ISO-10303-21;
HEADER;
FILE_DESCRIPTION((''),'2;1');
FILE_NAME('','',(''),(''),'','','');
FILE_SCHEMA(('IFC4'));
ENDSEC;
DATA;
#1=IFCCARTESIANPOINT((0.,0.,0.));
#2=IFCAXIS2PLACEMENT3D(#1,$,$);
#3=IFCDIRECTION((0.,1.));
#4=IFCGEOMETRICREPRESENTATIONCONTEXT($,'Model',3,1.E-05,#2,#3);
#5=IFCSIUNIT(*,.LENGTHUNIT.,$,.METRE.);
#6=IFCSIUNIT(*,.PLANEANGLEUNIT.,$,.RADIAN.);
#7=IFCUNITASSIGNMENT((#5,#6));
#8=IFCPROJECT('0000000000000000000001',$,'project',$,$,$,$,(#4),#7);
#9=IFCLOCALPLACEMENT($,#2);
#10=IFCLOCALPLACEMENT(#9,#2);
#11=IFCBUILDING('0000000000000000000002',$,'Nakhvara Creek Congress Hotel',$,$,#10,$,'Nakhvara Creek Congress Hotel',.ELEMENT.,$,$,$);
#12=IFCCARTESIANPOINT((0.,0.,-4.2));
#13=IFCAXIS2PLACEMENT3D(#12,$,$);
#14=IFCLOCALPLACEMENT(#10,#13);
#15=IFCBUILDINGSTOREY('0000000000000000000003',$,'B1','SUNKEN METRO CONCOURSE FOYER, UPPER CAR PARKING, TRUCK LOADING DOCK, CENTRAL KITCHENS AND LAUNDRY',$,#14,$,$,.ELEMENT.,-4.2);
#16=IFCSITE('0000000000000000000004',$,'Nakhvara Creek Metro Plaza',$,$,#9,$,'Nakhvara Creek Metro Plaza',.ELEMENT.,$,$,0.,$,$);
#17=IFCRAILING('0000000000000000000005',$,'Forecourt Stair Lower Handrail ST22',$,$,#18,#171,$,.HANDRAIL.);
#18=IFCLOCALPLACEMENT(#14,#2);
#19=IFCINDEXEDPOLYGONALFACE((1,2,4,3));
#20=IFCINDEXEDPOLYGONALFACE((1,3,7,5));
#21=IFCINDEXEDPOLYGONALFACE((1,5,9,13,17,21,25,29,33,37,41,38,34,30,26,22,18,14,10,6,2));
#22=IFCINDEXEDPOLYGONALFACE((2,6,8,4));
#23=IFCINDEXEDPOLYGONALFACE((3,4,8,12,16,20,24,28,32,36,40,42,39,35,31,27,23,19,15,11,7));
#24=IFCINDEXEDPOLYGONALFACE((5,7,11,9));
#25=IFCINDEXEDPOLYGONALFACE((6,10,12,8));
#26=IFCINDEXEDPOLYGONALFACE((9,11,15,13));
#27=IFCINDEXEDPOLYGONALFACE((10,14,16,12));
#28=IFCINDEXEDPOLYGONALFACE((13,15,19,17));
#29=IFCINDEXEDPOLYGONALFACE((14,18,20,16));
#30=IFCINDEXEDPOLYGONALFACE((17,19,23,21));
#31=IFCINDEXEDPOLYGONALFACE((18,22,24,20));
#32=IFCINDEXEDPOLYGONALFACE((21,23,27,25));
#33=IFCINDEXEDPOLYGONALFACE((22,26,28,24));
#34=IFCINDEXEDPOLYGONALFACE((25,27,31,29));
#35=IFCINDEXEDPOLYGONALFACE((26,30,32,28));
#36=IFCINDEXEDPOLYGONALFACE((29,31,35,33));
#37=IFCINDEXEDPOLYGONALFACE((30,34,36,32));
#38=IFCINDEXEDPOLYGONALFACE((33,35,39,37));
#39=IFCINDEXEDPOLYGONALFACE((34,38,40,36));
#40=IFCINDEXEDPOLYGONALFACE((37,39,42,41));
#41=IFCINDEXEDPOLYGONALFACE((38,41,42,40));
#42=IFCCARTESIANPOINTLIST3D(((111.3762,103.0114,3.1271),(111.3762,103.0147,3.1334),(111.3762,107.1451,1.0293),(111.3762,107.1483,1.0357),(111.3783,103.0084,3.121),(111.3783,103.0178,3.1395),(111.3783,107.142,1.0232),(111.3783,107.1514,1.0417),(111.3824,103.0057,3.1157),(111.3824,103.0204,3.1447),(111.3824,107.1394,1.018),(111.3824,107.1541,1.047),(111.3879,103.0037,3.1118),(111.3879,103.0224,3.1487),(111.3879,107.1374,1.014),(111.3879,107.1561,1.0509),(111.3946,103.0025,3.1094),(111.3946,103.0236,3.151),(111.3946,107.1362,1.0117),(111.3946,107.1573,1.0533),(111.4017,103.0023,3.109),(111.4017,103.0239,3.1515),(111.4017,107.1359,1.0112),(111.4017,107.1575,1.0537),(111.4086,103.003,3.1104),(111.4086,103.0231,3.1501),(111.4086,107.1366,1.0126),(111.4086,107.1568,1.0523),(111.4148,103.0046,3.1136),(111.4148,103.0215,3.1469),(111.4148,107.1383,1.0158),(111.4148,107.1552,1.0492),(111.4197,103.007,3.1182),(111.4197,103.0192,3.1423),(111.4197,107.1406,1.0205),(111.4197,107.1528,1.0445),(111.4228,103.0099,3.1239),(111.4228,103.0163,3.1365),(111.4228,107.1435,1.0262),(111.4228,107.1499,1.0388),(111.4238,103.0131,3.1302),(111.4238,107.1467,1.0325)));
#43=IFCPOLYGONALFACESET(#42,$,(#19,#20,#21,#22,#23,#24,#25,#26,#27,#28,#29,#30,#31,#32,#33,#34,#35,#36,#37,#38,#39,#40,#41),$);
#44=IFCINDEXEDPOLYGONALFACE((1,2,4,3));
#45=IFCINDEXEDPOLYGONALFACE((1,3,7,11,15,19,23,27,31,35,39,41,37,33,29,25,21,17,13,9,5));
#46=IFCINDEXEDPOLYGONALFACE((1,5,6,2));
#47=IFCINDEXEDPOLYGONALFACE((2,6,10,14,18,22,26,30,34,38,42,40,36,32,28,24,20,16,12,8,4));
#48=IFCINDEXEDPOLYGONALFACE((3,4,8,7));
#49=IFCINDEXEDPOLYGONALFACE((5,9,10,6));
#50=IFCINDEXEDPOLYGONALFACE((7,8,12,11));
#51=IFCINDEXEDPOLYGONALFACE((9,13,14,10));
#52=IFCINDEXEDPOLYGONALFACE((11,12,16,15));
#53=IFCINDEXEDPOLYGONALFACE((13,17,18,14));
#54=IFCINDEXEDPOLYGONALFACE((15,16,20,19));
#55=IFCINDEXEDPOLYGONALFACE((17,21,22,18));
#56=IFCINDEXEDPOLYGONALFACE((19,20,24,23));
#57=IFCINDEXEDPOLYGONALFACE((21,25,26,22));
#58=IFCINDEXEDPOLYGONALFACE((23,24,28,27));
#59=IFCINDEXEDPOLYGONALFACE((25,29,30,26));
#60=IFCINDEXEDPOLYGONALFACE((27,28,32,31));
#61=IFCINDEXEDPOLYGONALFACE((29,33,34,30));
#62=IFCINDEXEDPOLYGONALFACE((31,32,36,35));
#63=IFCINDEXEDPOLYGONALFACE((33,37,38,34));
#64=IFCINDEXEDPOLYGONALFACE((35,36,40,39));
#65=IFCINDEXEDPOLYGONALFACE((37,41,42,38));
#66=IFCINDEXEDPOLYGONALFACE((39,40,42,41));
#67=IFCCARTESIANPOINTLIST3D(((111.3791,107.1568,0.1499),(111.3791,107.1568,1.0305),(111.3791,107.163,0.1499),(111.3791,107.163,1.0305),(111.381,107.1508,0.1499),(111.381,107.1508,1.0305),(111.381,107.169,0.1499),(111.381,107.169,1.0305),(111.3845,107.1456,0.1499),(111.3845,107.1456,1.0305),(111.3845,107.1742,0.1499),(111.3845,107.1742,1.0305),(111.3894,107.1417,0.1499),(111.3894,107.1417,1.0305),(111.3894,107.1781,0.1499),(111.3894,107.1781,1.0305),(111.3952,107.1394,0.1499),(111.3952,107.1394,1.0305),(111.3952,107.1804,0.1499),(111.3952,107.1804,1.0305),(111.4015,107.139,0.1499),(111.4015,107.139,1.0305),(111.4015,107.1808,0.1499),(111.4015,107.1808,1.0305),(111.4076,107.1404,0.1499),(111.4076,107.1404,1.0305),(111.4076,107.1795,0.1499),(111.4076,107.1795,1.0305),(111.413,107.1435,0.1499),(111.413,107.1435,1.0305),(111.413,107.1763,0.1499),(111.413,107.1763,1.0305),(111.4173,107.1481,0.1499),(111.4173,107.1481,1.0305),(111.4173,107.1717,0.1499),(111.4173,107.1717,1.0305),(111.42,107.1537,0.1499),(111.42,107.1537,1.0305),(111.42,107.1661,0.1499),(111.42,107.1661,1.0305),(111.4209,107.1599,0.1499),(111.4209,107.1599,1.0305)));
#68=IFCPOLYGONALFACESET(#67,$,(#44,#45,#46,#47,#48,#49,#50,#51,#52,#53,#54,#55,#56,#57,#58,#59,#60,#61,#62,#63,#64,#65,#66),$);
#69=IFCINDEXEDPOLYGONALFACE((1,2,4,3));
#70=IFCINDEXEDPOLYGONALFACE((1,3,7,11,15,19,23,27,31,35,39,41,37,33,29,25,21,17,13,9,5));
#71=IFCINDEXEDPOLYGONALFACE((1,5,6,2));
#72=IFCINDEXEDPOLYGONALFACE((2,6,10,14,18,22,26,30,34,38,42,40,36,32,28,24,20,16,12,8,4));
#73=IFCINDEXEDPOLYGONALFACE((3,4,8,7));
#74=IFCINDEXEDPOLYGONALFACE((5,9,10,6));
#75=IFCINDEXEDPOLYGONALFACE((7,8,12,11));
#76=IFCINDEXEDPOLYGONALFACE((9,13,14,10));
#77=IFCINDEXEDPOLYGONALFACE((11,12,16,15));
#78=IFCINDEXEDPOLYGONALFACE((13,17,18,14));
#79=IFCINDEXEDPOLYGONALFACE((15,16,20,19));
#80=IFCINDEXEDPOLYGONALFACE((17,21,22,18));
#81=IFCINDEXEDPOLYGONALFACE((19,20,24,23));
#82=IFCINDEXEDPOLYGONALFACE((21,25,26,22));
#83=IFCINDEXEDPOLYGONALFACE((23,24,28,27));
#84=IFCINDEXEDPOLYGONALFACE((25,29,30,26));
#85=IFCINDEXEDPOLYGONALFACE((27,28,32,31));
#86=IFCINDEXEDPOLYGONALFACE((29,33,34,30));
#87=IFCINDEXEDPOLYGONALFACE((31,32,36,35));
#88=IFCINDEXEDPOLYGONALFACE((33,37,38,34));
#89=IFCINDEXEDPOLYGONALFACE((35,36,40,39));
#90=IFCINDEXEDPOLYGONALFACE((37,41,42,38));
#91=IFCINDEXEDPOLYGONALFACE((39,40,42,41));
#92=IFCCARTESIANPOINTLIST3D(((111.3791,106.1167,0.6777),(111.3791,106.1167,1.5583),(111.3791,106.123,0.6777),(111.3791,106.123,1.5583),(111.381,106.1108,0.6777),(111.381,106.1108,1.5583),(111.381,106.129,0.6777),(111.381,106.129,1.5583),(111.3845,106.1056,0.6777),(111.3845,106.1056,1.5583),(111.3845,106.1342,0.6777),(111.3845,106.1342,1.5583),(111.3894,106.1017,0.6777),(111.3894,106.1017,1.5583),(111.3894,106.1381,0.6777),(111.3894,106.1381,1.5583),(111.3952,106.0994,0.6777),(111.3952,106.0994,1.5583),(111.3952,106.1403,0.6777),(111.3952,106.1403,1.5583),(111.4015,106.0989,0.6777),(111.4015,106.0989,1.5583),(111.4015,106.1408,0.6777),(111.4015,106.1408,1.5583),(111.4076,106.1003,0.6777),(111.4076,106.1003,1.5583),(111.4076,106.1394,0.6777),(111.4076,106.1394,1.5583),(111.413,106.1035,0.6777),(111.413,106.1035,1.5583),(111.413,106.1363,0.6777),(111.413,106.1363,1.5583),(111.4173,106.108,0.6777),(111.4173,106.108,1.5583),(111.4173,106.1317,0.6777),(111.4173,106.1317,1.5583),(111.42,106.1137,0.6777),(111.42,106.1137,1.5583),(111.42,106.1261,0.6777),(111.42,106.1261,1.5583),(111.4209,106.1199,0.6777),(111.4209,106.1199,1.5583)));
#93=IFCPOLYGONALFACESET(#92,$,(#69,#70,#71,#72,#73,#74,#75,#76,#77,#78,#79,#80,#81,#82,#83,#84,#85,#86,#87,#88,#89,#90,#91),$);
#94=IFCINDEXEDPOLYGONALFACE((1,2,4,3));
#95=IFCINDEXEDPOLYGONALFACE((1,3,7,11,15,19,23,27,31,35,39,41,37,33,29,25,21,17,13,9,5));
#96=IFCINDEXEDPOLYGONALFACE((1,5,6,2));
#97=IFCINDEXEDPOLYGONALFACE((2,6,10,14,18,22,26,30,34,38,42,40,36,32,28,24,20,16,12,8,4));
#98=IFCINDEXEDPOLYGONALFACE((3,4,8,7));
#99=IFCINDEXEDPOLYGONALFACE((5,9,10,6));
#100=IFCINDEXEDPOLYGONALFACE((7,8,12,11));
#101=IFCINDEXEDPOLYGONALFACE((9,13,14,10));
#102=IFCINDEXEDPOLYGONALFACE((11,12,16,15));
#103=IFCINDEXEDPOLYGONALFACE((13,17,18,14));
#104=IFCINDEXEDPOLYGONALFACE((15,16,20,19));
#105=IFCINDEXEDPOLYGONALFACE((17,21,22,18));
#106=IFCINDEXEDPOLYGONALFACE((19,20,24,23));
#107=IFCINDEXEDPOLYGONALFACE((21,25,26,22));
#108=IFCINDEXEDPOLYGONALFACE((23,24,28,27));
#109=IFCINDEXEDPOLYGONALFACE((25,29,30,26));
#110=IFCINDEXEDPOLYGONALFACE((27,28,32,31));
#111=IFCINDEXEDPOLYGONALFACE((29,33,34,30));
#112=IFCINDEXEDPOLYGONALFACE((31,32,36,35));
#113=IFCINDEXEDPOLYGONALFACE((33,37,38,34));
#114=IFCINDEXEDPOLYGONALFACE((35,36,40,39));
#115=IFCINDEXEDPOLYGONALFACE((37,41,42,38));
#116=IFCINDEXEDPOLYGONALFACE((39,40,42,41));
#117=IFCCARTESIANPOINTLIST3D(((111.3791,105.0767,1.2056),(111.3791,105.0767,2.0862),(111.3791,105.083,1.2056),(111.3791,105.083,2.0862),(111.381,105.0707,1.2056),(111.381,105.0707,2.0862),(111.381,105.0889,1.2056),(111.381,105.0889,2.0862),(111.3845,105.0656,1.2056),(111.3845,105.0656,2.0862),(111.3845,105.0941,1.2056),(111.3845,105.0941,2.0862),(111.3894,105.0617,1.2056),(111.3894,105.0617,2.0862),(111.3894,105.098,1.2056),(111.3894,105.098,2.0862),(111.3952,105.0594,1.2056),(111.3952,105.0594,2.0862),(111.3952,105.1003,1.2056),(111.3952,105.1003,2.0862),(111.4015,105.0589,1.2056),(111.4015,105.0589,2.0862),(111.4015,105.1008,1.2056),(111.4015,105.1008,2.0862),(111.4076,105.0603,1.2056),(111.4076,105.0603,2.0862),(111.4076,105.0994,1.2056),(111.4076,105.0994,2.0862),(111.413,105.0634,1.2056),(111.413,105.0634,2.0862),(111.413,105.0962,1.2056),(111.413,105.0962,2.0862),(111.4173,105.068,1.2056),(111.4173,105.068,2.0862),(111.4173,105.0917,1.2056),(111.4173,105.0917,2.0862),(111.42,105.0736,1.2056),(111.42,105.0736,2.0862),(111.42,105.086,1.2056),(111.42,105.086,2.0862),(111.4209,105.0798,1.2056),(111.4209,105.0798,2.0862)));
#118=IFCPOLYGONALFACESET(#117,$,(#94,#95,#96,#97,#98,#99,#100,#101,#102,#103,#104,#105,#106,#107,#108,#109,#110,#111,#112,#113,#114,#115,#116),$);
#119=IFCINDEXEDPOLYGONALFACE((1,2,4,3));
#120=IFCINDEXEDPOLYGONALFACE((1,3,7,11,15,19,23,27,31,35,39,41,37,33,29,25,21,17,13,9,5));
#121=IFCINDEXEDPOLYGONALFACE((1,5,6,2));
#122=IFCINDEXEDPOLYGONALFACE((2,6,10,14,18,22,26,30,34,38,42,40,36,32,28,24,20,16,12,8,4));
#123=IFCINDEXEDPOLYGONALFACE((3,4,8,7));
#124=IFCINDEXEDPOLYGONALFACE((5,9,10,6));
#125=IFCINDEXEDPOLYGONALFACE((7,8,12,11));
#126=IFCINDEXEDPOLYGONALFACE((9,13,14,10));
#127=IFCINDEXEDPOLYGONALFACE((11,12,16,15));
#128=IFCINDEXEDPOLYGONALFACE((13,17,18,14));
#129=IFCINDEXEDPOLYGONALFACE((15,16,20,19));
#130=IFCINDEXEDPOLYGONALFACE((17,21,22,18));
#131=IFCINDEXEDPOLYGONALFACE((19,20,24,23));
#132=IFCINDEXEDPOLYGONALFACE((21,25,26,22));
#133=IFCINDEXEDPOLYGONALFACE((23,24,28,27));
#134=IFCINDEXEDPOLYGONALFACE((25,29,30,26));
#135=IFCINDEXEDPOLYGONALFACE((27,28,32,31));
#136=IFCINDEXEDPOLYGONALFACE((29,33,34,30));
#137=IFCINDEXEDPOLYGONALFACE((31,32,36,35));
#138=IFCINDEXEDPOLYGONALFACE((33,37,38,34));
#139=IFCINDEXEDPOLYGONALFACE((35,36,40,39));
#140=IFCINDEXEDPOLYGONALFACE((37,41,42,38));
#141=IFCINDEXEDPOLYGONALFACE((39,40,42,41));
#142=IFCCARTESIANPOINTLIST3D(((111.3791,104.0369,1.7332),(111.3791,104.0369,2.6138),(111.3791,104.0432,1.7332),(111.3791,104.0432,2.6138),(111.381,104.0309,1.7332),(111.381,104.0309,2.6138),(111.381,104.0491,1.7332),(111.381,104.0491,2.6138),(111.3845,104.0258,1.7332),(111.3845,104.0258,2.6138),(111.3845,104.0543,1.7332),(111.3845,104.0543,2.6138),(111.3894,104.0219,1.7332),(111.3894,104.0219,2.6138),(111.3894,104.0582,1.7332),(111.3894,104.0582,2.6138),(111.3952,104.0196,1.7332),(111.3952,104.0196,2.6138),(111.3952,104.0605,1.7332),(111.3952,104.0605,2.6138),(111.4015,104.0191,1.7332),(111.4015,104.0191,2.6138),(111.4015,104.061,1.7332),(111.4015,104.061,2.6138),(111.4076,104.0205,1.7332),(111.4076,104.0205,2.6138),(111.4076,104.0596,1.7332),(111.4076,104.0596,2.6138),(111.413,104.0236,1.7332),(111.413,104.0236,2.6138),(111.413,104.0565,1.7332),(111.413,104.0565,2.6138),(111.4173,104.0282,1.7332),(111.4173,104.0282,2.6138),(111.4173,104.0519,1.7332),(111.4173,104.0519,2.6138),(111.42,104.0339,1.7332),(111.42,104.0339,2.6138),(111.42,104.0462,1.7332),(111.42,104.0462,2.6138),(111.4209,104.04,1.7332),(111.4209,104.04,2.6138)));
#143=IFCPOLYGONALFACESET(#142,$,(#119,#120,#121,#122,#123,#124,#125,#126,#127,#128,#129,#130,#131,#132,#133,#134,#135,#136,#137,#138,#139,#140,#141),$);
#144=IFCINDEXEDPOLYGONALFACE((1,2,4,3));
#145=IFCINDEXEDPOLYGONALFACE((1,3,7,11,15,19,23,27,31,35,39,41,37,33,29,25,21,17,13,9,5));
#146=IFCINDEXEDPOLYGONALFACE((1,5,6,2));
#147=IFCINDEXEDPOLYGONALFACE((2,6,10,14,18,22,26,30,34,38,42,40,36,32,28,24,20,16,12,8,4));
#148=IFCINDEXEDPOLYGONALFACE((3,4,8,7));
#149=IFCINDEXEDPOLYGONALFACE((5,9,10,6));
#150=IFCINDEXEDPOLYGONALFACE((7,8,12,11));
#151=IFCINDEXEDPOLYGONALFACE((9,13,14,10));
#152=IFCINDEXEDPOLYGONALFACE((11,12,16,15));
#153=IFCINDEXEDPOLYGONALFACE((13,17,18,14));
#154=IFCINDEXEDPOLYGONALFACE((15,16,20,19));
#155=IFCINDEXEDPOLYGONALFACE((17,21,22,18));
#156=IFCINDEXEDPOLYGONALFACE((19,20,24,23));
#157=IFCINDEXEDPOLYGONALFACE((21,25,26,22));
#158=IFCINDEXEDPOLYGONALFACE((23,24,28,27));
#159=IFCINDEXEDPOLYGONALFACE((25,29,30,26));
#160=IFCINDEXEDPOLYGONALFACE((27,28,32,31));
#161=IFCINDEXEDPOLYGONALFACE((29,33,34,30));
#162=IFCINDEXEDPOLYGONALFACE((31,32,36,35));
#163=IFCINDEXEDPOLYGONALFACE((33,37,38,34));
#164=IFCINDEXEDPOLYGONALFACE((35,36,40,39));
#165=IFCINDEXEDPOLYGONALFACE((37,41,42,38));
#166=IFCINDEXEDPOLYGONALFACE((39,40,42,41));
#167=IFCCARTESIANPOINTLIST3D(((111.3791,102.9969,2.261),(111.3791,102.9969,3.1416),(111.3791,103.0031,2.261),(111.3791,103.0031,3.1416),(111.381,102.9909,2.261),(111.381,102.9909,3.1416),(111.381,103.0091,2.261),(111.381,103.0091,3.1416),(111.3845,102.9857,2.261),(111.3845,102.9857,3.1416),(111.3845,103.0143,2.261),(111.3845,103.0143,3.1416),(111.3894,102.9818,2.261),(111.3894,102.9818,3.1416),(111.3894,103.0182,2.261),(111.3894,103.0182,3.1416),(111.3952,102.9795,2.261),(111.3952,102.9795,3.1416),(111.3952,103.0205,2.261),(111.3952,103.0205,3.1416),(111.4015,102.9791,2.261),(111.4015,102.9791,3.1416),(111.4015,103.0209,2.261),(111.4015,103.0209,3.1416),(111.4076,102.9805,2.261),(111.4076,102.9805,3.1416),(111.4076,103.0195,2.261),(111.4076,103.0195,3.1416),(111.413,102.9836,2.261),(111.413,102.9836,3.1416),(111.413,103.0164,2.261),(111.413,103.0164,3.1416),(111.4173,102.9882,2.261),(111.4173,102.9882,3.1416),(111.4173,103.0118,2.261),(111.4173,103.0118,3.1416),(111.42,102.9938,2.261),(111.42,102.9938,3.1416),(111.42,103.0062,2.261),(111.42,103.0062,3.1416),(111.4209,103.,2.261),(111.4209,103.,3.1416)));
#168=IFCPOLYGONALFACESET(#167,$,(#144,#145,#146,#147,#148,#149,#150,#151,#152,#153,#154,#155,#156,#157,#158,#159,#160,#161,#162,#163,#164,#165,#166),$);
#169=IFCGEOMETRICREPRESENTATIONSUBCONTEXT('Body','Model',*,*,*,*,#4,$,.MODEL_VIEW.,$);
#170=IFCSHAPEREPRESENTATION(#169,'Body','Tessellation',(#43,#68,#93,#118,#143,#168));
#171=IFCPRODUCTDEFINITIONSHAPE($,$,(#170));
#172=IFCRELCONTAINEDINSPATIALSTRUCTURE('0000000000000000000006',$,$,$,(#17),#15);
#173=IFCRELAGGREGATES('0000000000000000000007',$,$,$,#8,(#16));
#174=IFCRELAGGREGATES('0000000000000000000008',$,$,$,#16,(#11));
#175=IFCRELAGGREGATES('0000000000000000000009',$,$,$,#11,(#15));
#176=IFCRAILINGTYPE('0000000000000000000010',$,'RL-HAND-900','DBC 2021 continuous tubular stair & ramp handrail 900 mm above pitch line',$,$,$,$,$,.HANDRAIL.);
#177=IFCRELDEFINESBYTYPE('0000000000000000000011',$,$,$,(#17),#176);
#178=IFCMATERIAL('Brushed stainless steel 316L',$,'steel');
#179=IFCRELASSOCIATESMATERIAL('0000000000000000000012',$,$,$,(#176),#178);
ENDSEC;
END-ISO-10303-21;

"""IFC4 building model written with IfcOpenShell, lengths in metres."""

from ifc_helpers import new_model, si_unit, direction, frame, origin, origin_2d, place, context, subcontext, project, spatial, circle, extrude, material, type_object, element, save


model = new_model("IFC4")

# Units and contexts
model_context = context("Model", 3, precision=1e-05, world=origin(), true_north=direction((0.0, 1.0)))
body_context = subcontext(model_context, "Body", "Model", "MODEL_VIEW")
ifc_project = project(units=[si_unit("LENGTHUNIT", "METRE"), si_unit("PLANEANGLEUNIT", "RADIAN")], contexts=[model_context])

# Site, building, storey
site_placement = place(None, origin())
site = spatial("IfcSite", under=ifc_project, at=site_placement, Name="Nakhvara Creek Metro Plaza", LongName="Nakhvara Creek Metro Plaza", CompositionType="ELEMENT", RefElevation=0.0)
building_placement = place(site_placement, origin())
building = spatial("IfcBuilding", under=site, at=building_placement, Name="Nakhvara Creek Congress Hotel", LongName="Nakhvara Creek Congress Hotel", CompositionType="ELEMENT")
storey_placement = place(building_placement, frame((0.0, 0.0, -4.2)))
storey = spatial("IfcBuildingStorey", under=building, at=storey_placement, Name="B1", Description="SUNKEN METRO CONCOURSE FOYER, UPPER CAR PARKING, TRUCK LOADING DOCK, CENTRAL KITCHENS AND LAUNDRY", CompositionType="ELEMENT", Elevation=-4.2)

# Railing
ifc_material_1 = material(Name="Brushed stainless steel 316L", Category="steel")
railing_type_1 = type_object("IfcRailingType", Name="RL-HAND-900", Description="DBC 2021 continuous tubular stair & ramp handrail 900 mm above pitch line", PredefinedType="HANDRAIL", material=ifc_material_1)
railing_1_placement = place(storey_placement, frame((111.3999, 107.1599, 0.1499)))
element("IfcRailing", 1, at=railing_1_placement, inside=storey, type_object=railing_type_1, Name="Forecourt Stair Lower Handrail ST22", PredefinedType="HANDRAIL", context=body_context, shape_type="SweptSolid", body=[
    extrude(circle(Radius=0.0239, at=origin_2d()), frame((0.0, -0.0132, 0.8826), z_axis=(0.0, -0.891742, 0.452544), x_axis=(1.0, 0.0, 0.0)), (0.0, 0.0, 1.0), 4.6355),
    extrude(circle(Radius=0.021, at=origin_2d()), origin(), (0.0, 0.0, 1.0), 0.8806),
    extrude(circle(Radius=0.021, at=origin_2d()), frame((0.0, -1.04, 0.5278)), (0.0, 0.0, 1.0), 0.8806),
    extrude(circle(Radius=0.021, at=origin_2d()), frame((0.0, -2.0801, 1.0557)), (0.0, 0.0, 1.0), 0.8806),
    extrude(circle(Radius=0.021, at=origin_2d()), frame((0.0, -3.1199, 1.5833)), (0.0, 0.0, 1.0), 0.8806),
    extrude(circle(Radius=0.021, at=origin_2d()), frame((0.0, -4.1599, 2.1111)), (0.0, 0.0, 1.0), 0.8806),
])

save(model, "model.ifc")
